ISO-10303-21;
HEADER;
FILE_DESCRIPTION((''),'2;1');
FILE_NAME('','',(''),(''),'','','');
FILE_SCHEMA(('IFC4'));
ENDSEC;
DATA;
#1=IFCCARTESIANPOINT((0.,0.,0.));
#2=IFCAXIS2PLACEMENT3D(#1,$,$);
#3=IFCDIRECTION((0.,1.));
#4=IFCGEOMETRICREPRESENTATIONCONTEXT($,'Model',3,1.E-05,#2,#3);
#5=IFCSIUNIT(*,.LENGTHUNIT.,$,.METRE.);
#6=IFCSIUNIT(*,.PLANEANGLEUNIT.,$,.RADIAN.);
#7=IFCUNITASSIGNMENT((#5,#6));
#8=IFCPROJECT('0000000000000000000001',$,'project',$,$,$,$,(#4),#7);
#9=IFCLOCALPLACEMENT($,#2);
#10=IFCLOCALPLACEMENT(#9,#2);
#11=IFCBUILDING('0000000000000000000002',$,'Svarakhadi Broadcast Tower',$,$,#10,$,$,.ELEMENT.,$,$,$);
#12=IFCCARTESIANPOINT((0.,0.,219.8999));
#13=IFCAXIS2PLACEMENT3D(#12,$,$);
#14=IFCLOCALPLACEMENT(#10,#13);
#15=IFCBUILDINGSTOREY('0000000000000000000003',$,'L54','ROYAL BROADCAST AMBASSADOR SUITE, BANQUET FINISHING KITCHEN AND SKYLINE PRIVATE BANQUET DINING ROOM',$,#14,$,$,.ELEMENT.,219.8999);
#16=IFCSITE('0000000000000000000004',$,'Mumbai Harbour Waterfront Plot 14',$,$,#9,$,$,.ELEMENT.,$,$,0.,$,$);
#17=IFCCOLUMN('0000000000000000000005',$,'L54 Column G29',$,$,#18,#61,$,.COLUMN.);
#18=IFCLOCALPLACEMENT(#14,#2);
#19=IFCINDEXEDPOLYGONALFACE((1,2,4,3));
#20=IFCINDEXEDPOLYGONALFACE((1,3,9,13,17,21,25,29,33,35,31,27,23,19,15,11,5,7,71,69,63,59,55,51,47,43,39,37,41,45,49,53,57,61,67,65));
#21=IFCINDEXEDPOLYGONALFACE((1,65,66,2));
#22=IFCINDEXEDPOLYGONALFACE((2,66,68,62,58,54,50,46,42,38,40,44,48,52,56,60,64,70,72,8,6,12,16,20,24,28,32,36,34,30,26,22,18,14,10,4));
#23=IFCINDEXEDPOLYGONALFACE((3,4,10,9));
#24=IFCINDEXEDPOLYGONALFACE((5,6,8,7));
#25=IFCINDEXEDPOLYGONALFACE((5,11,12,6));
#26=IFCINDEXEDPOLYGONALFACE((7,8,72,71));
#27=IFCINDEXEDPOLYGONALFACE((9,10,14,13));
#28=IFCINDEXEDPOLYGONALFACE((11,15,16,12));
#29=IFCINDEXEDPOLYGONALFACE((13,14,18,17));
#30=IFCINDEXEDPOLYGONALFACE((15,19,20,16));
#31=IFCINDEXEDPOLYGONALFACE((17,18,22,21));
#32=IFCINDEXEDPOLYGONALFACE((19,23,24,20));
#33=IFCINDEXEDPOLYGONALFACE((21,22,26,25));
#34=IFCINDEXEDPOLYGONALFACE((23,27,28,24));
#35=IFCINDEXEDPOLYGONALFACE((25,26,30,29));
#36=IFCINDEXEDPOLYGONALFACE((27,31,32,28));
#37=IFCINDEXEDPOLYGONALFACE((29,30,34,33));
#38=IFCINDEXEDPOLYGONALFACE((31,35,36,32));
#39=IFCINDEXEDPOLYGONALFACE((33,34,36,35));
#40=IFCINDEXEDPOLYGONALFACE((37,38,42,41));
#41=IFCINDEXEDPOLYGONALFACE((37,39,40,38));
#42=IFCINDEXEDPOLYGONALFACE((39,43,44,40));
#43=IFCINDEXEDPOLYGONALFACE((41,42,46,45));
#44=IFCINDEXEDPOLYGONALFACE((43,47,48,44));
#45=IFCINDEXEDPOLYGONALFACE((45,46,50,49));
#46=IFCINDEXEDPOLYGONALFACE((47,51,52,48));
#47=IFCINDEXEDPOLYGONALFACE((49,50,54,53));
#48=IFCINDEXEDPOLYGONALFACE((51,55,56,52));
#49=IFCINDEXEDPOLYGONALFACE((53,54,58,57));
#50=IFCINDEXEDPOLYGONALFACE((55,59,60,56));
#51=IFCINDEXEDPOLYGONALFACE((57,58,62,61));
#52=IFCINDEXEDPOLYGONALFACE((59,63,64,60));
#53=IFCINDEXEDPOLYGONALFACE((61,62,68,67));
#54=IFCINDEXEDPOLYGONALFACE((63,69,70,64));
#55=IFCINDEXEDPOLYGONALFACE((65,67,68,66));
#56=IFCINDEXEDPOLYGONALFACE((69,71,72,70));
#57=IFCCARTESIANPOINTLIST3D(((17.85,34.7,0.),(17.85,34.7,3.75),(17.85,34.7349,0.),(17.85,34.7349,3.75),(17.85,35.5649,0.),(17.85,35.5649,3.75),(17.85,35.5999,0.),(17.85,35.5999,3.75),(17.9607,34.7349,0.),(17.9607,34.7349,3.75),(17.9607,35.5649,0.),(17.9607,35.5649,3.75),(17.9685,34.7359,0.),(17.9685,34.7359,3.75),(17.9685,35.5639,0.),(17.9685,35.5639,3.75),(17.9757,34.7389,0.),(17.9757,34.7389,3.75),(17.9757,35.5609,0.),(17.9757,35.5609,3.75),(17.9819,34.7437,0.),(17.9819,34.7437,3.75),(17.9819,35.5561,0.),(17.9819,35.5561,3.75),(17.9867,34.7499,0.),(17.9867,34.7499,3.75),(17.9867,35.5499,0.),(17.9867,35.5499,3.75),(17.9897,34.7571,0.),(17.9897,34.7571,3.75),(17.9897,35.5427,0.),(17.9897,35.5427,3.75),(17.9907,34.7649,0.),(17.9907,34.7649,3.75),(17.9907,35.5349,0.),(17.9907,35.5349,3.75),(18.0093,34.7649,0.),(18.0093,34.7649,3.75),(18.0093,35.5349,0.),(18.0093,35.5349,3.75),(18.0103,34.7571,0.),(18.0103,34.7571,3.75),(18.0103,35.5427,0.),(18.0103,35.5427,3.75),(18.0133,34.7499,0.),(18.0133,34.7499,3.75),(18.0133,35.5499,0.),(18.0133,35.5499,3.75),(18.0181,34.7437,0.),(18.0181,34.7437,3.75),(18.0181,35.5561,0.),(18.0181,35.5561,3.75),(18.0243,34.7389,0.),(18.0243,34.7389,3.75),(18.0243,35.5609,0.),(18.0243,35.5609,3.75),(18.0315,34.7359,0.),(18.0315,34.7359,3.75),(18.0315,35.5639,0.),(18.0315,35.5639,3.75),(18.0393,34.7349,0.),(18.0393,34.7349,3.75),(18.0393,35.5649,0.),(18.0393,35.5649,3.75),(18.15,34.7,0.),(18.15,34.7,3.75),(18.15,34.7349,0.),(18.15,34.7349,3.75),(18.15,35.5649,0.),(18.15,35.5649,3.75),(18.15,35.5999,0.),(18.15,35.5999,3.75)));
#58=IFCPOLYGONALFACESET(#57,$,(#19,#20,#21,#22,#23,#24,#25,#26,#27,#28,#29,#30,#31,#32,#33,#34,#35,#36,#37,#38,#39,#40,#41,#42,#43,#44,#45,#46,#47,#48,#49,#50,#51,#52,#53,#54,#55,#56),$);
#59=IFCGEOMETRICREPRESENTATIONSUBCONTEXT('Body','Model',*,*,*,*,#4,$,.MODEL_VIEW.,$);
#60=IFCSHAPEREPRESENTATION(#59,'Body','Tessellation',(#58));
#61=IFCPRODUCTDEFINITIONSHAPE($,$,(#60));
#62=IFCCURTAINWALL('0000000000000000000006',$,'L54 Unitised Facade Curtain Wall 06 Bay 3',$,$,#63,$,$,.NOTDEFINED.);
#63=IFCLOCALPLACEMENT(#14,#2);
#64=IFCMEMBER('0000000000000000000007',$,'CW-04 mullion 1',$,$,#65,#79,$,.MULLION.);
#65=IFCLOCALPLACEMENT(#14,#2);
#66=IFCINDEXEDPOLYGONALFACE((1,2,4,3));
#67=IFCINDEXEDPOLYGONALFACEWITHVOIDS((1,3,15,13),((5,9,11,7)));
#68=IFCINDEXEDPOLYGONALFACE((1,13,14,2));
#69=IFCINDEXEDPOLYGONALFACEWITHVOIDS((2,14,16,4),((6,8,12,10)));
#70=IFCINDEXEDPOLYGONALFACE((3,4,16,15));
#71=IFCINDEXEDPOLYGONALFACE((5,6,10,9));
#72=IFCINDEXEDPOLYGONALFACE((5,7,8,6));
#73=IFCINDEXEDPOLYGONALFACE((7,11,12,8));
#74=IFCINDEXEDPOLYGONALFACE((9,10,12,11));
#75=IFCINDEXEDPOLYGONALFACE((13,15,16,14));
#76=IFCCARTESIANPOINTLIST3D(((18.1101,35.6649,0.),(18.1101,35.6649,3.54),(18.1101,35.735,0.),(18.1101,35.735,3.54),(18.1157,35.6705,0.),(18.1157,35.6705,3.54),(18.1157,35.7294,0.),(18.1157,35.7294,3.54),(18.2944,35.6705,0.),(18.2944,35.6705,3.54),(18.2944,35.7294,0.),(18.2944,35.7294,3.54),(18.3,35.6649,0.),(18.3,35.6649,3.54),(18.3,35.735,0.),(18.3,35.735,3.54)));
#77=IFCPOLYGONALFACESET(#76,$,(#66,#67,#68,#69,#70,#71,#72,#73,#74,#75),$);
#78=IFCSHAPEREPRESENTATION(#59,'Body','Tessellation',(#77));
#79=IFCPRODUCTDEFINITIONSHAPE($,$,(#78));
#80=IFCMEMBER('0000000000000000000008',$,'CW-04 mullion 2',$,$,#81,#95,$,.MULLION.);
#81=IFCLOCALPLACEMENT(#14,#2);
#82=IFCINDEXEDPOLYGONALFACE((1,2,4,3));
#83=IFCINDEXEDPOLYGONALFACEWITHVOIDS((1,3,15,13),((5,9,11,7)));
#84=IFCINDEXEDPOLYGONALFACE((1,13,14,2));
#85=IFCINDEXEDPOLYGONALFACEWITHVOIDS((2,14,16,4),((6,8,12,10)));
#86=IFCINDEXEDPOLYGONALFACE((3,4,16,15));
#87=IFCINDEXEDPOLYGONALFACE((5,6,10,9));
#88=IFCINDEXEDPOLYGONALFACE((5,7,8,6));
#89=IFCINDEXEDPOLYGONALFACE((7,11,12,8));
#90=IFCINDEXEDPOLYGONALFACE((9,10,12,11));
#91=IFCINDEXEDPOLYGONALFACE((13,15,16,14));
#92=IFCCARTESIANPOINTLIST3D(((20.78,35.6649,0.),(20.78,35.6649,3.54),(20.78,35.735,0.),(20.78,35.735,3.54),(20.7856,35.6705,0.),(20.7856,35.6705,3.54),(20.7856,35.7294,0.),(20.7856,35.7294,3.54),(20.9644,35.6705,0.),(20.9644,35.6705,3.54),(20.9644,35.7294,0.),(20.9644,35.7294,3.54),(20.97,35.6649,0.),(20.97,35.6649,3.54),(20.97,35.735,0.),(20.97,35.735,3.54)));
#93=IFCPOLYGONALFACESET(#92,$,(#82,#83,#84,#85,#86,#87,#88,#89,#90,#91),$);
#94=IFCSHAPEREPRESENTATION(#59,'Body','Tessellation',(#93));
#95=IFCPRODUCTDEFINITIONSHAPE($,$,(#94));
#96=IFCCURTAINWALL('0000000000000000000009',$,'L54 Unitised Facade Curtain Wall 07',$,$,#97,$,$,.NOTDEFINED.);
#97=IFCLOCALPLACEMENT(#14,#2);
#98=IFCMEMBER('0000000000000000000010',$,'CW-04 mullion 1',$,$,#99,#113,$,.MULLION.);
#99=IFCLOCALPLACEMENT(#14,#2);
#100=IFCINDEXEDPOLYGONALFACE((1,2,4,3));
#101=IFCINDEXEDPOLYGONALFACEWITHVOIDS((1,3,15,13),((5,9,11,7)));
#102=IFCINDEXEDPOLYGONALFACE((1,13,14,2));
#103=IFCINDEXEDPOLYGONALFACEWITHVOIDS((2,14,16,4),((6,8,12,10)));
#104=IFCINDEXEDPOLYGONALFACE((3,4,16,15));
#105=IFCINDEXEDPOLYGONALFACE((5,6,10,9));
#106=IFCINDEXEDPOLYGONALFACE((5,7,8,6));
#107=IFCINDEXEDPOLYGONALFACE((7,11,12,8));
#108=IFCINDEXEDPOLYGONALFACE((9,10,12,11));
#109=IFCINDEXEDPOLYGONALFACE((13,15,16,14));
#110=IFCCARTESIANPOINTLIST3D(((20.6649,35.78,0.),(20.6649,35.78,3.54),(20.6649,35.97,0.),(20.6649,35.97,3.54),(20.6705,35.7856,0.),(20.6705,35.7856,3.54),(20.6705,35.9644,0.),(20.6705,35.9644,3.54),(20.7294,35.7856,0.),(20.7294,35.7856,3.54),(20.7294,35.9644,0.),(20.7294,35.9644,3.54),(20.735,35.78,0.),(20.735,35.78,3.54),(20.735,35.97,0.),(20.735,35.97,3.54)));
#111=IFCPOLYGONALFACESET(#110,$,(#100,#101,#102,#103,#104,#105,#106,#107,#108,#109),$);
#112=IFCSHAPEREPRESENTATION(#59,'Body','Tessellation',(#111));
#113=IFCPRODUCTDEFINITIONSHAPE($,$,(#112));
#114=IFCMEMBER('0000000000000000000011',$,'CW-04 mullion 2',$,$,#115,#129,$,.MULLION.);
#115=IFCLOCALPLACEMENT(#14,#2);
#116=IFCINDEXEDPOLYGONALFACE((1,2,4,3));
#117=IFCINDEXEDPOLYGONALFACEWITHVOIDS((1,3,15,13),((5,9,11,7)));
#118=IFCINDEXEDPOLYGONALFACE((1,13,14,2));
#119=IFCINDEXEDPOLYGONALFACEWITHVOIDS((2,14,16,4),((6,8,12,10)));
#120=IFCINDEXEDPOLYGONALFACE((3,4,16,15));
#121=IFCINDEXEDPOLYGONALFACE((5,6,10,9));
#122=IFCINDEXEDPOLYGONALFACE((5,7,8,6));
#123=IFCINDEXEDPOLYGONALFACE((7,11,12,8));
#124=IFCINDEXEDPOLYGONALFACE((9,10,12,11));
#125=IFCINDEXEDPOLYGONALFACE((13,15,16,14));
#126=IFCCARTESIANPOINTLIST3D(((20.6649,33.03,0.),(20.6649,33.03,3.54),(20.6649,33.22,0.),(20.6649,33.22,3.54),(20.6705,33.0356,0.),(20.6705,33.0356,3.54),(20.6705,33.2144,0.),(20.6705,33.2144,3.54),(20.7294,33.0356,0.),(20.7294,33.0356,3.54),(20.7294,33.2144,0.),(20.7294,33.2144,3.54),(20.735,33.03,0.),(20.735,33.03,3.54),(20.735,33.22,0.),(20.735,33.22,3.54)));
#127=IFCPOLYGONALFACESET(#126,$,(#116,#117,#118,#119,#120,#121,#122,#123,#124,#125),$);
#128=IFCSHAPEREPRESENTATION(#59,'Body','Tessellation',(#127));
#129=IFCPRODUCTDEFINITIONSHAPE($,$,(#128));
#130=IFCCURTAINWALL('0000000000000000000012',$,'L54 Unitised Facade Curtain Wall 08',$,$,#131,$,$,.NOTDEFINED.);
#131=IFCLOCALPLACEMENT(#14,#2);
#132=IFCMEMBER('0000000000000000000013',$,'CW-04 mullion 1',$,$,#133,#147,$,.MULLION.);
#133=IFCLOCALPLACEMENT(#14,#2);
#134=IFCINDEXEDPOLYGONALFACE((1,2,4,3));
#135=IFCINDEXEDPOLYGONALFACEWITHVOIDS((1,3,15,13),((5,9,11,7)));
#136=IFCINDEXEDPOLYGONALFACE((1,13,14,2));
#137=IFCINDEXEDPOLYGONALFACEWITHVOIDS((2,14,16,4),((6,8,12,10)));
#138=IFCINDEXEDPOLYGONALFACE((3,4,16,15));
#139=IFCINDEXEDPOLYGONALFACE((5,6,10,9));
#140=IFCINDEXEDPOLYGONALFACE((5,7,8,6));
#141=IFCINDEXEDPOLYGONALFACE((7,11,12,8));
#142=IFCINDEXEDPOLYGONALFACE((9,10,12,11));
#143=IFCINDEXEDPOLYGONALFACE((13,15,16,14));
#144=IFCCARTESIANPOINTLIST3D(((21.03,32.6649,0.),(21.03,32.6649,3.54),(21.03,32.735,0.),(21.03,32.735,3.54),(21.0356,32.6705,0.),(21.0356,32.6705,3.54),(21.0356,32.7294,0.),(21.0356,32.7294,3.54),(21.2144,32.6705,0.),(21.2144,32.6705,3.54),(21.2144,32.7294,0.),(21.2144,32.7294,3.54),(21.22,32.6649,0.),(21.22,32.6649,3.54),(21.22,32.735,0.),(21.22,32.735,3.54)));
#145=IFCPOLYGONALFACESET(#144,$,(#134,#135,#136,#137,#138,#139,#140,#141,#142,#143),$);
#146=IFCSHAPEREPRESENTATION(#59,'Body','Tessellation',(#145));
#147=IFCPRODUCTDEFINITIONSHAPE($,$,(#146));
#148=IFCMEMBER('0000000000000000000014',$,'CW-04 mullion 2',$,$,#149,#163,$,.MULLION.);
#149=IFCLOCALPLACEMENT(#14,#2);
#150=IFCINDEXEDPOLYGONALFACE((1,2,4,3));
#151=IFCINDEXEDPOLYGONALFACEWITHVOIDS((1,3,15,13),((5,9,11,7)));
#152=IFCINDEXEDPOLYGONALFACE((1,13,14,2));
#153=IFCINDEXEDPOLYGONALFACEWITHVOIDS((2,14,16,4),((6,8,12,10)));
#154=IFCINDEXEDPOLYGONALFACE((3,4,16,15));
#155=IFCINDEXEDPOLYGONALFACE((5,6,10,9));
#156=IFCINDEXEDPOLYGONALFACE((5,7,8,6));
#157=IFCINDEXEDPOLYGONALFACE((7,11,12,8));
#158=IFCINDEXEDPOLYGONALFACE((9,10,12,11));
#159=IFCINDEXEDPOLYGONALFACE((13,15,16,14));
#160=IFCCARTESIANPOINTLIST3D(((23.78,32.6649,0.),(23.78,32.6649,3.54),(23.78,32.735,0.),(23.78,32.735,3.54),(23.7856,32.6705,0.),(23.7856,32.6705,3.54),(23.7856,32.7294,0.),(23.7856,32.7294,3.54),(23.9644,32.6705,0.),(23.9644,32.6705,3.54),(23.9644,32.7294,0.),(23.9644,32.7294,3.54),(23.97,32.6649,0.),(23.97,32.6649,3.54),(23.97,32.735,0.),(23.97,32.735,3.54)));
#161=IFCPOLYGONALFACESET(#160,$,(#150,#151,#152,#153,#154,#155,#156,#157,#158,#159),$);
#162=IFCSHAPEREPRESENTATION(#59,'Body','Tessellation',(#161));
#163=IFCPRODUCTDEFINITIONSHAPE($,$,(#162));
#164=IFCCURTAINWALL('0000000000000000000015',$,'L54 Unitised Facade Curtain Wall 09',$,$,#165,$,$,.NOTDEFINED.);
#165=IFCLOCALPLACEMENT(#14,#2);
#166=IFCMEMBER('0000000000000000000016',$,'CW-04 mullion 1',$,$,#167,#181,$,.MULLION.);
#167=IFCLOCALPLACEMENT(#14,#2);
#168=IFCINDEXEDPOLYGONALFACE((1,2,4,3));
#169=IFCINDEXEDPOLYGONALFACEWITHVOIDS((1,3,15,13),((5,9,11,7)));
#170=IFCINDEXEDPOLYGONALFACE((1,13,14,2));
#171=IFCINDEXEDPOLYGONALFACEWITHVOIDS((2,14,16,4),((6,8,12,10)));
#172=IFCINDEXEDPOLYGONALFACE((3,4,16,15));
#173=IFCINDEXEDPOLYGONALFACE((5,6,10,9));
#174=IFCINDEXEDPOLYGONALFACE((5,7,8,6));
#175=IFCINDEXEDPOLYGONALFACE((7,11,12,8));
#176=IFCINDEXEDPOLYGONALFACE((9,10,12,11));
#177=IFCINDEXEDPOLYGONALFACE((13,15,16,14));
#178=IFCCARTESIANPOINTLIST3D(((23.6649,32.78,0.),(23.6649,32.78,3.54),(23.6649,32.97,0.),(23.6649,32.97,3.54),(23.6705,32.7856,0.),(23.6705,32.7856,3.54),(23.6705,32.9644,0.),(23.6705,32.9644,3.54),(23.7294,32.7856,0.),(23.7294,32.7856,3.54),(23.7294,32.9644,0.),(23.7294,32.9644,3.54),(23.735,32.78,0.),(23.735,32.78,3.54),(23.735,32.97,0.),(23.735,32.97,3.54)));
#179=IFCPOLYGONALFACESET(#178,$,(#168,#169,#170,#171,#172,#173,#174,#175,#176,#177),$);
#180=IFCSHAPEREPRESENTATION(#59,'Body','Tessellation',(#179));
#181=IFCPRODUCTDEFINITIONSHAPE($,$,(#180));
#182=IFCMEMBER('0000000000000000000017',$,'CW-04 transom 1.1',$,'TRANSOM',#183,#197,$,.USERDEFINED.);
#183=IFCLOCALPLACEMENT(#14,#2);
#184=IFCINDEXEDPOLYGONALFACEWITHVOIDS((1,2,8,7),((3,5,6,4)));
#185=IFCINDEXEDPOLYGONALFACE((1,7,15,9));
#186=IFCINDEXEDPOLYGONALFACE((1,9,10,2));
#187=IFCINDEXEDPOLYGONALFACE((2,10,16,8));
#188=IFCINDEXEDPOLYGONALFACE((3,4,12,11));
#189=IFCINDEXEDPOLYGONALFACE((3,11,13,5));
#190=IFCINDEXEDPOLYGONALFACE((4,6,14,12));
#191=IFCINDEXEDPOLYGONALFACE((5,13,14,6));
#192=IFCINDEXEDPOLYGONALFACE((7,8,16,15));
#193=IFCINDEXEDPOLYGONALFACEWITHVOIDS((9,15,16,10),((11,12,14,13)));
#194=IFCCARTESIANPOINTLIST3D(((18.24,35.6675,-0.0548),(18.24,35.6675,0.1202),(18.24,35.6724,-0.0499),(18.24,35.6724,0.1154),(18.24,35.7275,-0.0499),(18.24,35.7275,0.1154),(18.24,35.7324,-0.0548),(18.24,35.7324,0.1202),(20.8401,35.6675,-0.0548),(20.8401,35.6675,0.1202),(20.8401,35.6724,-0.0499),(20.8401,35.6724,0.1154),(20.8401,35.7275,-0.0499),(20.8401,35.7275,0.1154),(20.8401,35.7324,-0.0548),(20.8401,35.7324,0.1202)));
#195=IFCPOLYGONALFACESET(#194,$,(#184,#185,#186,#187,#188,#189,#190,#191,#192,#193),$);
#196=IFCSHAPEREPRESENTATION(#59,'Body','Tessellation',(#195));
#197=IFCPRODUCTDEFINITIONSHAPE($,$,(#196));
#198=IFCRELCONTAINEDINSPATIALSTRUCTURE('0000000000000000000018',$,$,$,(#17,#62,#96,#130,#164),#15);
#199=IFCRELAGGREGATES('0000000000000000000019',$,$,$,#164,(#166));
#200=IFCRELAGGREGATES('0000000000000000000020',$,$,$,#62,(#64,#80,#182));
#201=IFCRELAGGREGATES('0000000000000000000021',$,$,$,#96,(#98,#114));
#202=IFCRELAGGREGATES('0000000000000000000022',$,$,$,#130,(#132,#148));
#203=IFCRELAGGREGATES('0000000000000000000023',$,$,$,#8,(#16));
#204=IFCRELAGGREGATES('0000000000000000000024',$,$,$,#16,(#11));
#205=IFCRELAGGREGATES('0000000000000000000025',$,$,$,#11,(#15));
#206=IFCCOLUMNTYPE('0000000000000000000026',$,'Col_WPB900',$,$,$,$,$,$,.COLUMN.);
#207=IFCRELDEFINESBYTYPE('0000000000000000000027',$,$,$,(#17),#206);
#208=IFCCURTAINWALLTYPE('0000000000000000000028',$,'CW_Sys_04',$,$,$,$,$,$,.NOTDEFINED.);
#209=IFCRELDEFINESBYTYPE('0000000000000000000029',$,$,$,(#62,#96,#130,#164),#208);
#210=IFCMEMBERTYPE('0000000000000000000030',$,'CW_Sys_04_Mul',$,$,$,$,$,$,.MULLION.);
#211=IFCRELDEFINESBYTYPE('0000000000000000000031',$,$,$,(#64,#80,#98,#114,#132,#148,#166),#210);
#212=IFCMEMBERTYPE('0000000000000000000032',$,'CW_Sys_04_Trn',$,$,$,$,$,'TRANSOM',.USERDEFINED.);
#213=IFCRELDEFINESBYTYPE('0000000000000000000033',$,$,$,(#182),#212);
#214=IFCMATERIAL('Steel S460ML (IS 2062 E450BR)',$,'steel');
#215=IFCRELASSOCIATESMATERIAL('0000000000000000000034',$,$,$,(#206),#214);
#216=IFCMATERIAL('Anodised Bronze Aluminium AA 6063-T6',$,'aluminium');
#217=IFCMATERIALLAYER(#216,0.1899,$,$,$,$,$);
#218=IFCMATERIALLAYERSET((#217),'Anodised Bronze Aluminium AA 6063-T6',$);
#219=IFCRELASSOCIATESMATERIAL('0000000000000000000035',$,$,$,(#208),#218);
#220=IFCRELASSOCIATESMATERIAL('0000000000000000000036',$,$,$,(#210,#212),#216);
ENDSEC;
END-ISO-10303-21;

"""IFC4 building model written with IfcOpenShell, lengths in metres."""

from ifc_helpers import new_model, si_unit, direction, frame, origin, origin_2d, place, context, subcontext, project, spatial, hollow_rectangle, i_section, extrude, material, layer, layer_set, material_profile, profile_set, type_object, element, aggregate, save


model = new_model("IFC4")

# Units and contexts
model_context = context("Model", 3, precision=1e-05, world=origin(), true_north=direction((0.0, 1.0)))
body_context = subcontext(model_context, "Body", "Model", "MODEL_VIEW")
ifc_project = project(units=[si_unit("LENGTHUNIT", "METRE"), si_unit("PLANEANGLEUNIT", "RADIAN")], contexts=[model_context])

# Site, building, storey
site_placement = place(None, origin())
site = spatial("IfcSite", under=ifc_project, at=site_placement, Name="Mumbai Harbour Waterfront Plot 14", CompositionType="ELEMENT", RefElevation=0.0)
building_placement = place(site_placement, origin())
building = spatial("IfcBuilding", under=site, at=building_placement, Name="Svarakhadi Broadcast Tower", CompositionType="ELEMENT")
storey_placement = place(building_placement, frame((0.0, 0.0, 219.8999)))
storey = spatial("IfcBuildingStorey", under=building, at=storey_placement, Name="L54", Description="ROYAL BROADCAST AMBASSADOR SUITE, BANQUET FINISHING KITCHEN AND SKYLINE PRIVATE BANQUET DINING ROOM", CompositionType="ELEMENT", Elevation=219.8999)

# Column
ifc_material_1 = material(Name="Steel S460ML (IS 2062 E450BR)", Category="steel")
ifc_material_profile_1 = material_profile(ifc_material_1, i_section(OverallWidth=0.3, OverallDepth=0.8999, WebThickness=0.0186, FlangeThickness=0.0349, FilletRadius=0.03, at=origin_2d()), Name="WPB 900x300x291")
ifc_profile_set_1 = profile_set([ifc_material_profile_1], Name="Steel S460ML (IS 2062 E450BR)")
column_type = type_object("IfcColumnType", Name="Col_WPB900", PredefinedType="COLUMN", material=ifc_profile_set_1)
column_placement = place(storey_placement, frame((18.0, 35.1499, 0.0), z_axis=(0.0, 0.0, 1.0), x_axis=(1.0, 0.0, 0.0)))
element("IfcColumn", 1, at=column_placement, inside=storey, type_object=column_type, Name="L54 Column G29", PredefinedType="COLUMN", context=body_context, shape_type="SweptSolid", body=[
    extrude(i_section(OverallWidth=0.3, OverallDepth=0.8999, WebThickness=0.0186, FlangeThickness=0.0349, FilletRadius=0.03, at=origin_2d()), origin(), (0.0, 0.0, 1.0), 3.75),
])

# Curtain walls, members
ifc_material_2 = material(Name="Anodised Bronze Aluminium AA 6063-T6", Category="aluminium")
ifc_layer_1 = layer(ifc_material_2, 0.1899)
ifc_layer_set_1 = layer_set([ifc_layer_1], Name="Anodised Bronze Aluminium AA 6063-T6")
curtain_wall_type = type_object("IfcCurtainWallType", Name="CW_Sys_04", PredefinedType="NOTDEFINED", material=ifc_layer_set_1)
curtain_wall_1_placement = place(storey_placement, origin())
curtain_wall_1 = element("IfcCurtainWall", 2, at=curtain_wall_1_placement, inside=storey, type_object=curtain_wall_type, Name="L54 Unitised Facade Curtain Wall 06 Bay 3", PredefinedType="NOTDEFINED")
ifc_material_profile_2 = material_profile(ifc_material_2, hollow_rectangle(XDim=0.0701, YDim=0.1899, WallThickness=0.0056, at=origin_2d()), Name="ALU MULLION 190x70x6")
ifc_profile_set_2 = profile_set([ifc_material_profile_2], Name="Anodised Bronze Aluminium AA 6063-T6")
member_type_1 = type_object("IfcMemberType", Name="CW_Sys_04_Mul", PredefinedType="MULLION", material=ifc_profile_set_2)
member_1_placement = place(storey_placement, frame((18.2051, 35.7, 0.0), z_axis=(0.0, 0.0, 1.0), x_axis=(0.0, 1.0, 0.0)))
member_1 = element("IfcMember", 3, at=member_1_placement, type_object=member_type_1, Name="CW-04 mullion 1", PredefinedType="MULLION", context=body_context, shape_type="SweptSolid", body=[
    extrude(hollow_rectangle(XDim=0.0701, YDim=0.1899, WallThickness=0.0056, at=origin_2d()), origin(), (0.0, 0.0, 1.0), 3.54),
])
member_2_placement = place(storey_placement, frame((20.875, 35.7, 0.0), z_axis=(0.0, 0.0, 1.0), x_axis=(0.0, 1.0, 0.0)))
member_2 = element("IfcMember", 4, at=member_2_placement, type_object=member_type_1, Name="CW-04 mullion 2", PredefinedType="MULLION", context=body_context, shape_type="SweptSolid", body=[
    extrude(hollow_rectangle(XDim=0.0701, YDim=0.1899, WallThickness=0.0056, at=origin_2d()), origin(), (0.0, 0.0, 1.0), 3.54),
])
curtain_wall_2_placement = place(storey_placement, origin())
curtain_wall_2 = element("IfcCurtainWall", 5, at=curtain_wall_2_placement, inside=storey, type_object=curtain_wall_type, Name="L54 Unitised Facade Curtain Wall 07", PredefinedType="NOTDEFINED")
member_3_placement = place(storey_placement, frame((20.7, 35.875, 0.0), z_axis=(0.0, 0.0, 1.0), x_axis=(1.0, 0.0, 0.0)))
member_3 = element("IfcMember", 6, at=member_3_placement, type_object=member_type_1, Name="CW-04 mullion 1", PredefinedType="MULLION", context=body_context, shape_type="SweptSolid", body=[
    extrude(hollow_rectangle(XDim=0.0701, YDim=0.1899, WallThickness=0.0056, at=origin_2d()), origin(), (0.0, 0.0, 1.0), 3.54),
])
member_4_placement = place(storey_placement, frame((20.7, 33.125, 0.0), z_axis=(0.0, 0.0, 1.0), x_axis=(1.0, 0.0, 0.0)))
member_4 = element("IfcMember", 7, at=member_4_placement, type_object=member_type_1, Name="CW-04 mullion 2", PredefinedType="MULLION", context=body_context, shape_type="SweptSolid", body=[
    extrude(hollow_rectangle(XDim=0.0701, YDim=0.1899, WallThickness=0.0056, at=origin_2d()), origin(), (0.0, 0.0, 1.0), 3.54),
])
curtain_wall_3_placement = place(storey_placement, origin())
curtain_wall_3 = element("IfcCurtainWall", 8, at=curtain_wall_3_placement, inside=storey, type_object=curtain_wall_type, Name="L54 Unitised Facade Curtain Wall 08", PredefinedType="NOTDEFINED")
member_5_placement = place(storey_placement, frame((21.125, 32.7, 0.0), z_axis=(0.0, 0.0, 1.0), x_axis=(0.0, 1.0, 0.0)))
member_5 = element("IfcMember", 9, at=member_5_placement, type_object=member_type_1, Name="CW-04 mullion 1", PredefinedType="MULLION", context=body_context, shape_type="SweptSolid", body=[
    extrude(hollow_rectangle(XDim=0.0701, YDim=0.1899, WallThickness=0.0056, at=origin_2d()), origin(), (0.0, 0.0, 1.0), 3.54),
])
member_6_placement = place(storey_placement, frame((23.875, 32.7, 0.0), z_axis=(0.0, 0.0, 1.0), x_axis=(0.0, 1.0, 0.0)))
member_6 = element("IfcMember", 10, at=member_6_placement, type_object=member_type_1, Name="CW-04 mullion 2", PredefinedType="MULLION", context=body_context, shape_type="SweptSolid", body=[
    extrude(hollow_rectangle(XDim=0.0701, YDim=0.1899, WallThickness=0.0056, at=origin_2d()), origin(), (0.0, 0.0, 1.0), 3.54),
])

# Curtain wall, member
curtain_wall_4_placement = place(storey_placement, origin())
curtain_wall_4 = element("IfcCurtainWall", 11, at=curtain_wall_4_placement, inside=storey, type_object=curtain_wall_type, Name="L54 Unitised Facade Curtain Wall 09", PredefinedType="NOTDEFINED")
member_7_placement = place(storey_placement, frame((23.7, 32.875, 0.0), z_axis=(0.0, 0.0, 1.0), x_axis=(1.0, 0.0, 0.0)))
member_7 = element("IfcMember", 12, at=member_7_placement, type_object=member_type_1, Name="CW-04 mullion 1", PredefinedType="MULLION", context=body_context, shape_type="SweptSolid", body=[
    extrude(hollow_rectangle(XDim=0.0701, YDim=0.1899, WallThickness=0.0056, at=origin_2d()), origin(), (0.0, 0.0, 1.0), 3.54),
])

# Member
ifc_material_profile_3 = material_profile(ifc_material_2, hollow_rectangle(XDim=0.0649, YDim=0.175, WallThickness=0.0049, at=origin_2d()), Name="ALU TRANSOM 175x65x5")
ifc_profile_set_3 = profile_set([ifc_material_profile_3], Name="Anodised Bronze Aluminium AA 6063-T6")
member_type_2 = type_object("IfcMemberType", Name="CW_Sys_04_Trn", ElementType="TRANSOM", PredefinedType="USERDEFINED", material=ifc_profile_set_3)
member_8_placement = place(storey_placement, frame((18.24, 35.7, 0.0327), z_axis=(1.0, 0.0, 0.0), x_axis=(0.0, 1.0, 0.0)))
member_8 = element("IfcMember", 13, at=member_8_placement, type_object=member_type_2, Name="CW-04 transom 1.1", ObjectType="TRANSOM", PredefinedType="USERDEFINED", context=body_context, shape_type="SweptSolid", body=[
    extrude(hollow_rectangle(XDim=0.0649, YDim=0.175, WallThickness=0.0049, at=origin_2d()), origin(), (0.0, 0.0, 1.0), 2.6001),
])
aggregate(curtain_wall_4, [member_7])

aggregate(curtain_wall_1, [member_1, member_2, member_8])
aggregate(curtain_wall_2, [member_3, member_4])
aggregate(curtain_wall_3, [member_5, member_6])

save(model, "model.ifc")
